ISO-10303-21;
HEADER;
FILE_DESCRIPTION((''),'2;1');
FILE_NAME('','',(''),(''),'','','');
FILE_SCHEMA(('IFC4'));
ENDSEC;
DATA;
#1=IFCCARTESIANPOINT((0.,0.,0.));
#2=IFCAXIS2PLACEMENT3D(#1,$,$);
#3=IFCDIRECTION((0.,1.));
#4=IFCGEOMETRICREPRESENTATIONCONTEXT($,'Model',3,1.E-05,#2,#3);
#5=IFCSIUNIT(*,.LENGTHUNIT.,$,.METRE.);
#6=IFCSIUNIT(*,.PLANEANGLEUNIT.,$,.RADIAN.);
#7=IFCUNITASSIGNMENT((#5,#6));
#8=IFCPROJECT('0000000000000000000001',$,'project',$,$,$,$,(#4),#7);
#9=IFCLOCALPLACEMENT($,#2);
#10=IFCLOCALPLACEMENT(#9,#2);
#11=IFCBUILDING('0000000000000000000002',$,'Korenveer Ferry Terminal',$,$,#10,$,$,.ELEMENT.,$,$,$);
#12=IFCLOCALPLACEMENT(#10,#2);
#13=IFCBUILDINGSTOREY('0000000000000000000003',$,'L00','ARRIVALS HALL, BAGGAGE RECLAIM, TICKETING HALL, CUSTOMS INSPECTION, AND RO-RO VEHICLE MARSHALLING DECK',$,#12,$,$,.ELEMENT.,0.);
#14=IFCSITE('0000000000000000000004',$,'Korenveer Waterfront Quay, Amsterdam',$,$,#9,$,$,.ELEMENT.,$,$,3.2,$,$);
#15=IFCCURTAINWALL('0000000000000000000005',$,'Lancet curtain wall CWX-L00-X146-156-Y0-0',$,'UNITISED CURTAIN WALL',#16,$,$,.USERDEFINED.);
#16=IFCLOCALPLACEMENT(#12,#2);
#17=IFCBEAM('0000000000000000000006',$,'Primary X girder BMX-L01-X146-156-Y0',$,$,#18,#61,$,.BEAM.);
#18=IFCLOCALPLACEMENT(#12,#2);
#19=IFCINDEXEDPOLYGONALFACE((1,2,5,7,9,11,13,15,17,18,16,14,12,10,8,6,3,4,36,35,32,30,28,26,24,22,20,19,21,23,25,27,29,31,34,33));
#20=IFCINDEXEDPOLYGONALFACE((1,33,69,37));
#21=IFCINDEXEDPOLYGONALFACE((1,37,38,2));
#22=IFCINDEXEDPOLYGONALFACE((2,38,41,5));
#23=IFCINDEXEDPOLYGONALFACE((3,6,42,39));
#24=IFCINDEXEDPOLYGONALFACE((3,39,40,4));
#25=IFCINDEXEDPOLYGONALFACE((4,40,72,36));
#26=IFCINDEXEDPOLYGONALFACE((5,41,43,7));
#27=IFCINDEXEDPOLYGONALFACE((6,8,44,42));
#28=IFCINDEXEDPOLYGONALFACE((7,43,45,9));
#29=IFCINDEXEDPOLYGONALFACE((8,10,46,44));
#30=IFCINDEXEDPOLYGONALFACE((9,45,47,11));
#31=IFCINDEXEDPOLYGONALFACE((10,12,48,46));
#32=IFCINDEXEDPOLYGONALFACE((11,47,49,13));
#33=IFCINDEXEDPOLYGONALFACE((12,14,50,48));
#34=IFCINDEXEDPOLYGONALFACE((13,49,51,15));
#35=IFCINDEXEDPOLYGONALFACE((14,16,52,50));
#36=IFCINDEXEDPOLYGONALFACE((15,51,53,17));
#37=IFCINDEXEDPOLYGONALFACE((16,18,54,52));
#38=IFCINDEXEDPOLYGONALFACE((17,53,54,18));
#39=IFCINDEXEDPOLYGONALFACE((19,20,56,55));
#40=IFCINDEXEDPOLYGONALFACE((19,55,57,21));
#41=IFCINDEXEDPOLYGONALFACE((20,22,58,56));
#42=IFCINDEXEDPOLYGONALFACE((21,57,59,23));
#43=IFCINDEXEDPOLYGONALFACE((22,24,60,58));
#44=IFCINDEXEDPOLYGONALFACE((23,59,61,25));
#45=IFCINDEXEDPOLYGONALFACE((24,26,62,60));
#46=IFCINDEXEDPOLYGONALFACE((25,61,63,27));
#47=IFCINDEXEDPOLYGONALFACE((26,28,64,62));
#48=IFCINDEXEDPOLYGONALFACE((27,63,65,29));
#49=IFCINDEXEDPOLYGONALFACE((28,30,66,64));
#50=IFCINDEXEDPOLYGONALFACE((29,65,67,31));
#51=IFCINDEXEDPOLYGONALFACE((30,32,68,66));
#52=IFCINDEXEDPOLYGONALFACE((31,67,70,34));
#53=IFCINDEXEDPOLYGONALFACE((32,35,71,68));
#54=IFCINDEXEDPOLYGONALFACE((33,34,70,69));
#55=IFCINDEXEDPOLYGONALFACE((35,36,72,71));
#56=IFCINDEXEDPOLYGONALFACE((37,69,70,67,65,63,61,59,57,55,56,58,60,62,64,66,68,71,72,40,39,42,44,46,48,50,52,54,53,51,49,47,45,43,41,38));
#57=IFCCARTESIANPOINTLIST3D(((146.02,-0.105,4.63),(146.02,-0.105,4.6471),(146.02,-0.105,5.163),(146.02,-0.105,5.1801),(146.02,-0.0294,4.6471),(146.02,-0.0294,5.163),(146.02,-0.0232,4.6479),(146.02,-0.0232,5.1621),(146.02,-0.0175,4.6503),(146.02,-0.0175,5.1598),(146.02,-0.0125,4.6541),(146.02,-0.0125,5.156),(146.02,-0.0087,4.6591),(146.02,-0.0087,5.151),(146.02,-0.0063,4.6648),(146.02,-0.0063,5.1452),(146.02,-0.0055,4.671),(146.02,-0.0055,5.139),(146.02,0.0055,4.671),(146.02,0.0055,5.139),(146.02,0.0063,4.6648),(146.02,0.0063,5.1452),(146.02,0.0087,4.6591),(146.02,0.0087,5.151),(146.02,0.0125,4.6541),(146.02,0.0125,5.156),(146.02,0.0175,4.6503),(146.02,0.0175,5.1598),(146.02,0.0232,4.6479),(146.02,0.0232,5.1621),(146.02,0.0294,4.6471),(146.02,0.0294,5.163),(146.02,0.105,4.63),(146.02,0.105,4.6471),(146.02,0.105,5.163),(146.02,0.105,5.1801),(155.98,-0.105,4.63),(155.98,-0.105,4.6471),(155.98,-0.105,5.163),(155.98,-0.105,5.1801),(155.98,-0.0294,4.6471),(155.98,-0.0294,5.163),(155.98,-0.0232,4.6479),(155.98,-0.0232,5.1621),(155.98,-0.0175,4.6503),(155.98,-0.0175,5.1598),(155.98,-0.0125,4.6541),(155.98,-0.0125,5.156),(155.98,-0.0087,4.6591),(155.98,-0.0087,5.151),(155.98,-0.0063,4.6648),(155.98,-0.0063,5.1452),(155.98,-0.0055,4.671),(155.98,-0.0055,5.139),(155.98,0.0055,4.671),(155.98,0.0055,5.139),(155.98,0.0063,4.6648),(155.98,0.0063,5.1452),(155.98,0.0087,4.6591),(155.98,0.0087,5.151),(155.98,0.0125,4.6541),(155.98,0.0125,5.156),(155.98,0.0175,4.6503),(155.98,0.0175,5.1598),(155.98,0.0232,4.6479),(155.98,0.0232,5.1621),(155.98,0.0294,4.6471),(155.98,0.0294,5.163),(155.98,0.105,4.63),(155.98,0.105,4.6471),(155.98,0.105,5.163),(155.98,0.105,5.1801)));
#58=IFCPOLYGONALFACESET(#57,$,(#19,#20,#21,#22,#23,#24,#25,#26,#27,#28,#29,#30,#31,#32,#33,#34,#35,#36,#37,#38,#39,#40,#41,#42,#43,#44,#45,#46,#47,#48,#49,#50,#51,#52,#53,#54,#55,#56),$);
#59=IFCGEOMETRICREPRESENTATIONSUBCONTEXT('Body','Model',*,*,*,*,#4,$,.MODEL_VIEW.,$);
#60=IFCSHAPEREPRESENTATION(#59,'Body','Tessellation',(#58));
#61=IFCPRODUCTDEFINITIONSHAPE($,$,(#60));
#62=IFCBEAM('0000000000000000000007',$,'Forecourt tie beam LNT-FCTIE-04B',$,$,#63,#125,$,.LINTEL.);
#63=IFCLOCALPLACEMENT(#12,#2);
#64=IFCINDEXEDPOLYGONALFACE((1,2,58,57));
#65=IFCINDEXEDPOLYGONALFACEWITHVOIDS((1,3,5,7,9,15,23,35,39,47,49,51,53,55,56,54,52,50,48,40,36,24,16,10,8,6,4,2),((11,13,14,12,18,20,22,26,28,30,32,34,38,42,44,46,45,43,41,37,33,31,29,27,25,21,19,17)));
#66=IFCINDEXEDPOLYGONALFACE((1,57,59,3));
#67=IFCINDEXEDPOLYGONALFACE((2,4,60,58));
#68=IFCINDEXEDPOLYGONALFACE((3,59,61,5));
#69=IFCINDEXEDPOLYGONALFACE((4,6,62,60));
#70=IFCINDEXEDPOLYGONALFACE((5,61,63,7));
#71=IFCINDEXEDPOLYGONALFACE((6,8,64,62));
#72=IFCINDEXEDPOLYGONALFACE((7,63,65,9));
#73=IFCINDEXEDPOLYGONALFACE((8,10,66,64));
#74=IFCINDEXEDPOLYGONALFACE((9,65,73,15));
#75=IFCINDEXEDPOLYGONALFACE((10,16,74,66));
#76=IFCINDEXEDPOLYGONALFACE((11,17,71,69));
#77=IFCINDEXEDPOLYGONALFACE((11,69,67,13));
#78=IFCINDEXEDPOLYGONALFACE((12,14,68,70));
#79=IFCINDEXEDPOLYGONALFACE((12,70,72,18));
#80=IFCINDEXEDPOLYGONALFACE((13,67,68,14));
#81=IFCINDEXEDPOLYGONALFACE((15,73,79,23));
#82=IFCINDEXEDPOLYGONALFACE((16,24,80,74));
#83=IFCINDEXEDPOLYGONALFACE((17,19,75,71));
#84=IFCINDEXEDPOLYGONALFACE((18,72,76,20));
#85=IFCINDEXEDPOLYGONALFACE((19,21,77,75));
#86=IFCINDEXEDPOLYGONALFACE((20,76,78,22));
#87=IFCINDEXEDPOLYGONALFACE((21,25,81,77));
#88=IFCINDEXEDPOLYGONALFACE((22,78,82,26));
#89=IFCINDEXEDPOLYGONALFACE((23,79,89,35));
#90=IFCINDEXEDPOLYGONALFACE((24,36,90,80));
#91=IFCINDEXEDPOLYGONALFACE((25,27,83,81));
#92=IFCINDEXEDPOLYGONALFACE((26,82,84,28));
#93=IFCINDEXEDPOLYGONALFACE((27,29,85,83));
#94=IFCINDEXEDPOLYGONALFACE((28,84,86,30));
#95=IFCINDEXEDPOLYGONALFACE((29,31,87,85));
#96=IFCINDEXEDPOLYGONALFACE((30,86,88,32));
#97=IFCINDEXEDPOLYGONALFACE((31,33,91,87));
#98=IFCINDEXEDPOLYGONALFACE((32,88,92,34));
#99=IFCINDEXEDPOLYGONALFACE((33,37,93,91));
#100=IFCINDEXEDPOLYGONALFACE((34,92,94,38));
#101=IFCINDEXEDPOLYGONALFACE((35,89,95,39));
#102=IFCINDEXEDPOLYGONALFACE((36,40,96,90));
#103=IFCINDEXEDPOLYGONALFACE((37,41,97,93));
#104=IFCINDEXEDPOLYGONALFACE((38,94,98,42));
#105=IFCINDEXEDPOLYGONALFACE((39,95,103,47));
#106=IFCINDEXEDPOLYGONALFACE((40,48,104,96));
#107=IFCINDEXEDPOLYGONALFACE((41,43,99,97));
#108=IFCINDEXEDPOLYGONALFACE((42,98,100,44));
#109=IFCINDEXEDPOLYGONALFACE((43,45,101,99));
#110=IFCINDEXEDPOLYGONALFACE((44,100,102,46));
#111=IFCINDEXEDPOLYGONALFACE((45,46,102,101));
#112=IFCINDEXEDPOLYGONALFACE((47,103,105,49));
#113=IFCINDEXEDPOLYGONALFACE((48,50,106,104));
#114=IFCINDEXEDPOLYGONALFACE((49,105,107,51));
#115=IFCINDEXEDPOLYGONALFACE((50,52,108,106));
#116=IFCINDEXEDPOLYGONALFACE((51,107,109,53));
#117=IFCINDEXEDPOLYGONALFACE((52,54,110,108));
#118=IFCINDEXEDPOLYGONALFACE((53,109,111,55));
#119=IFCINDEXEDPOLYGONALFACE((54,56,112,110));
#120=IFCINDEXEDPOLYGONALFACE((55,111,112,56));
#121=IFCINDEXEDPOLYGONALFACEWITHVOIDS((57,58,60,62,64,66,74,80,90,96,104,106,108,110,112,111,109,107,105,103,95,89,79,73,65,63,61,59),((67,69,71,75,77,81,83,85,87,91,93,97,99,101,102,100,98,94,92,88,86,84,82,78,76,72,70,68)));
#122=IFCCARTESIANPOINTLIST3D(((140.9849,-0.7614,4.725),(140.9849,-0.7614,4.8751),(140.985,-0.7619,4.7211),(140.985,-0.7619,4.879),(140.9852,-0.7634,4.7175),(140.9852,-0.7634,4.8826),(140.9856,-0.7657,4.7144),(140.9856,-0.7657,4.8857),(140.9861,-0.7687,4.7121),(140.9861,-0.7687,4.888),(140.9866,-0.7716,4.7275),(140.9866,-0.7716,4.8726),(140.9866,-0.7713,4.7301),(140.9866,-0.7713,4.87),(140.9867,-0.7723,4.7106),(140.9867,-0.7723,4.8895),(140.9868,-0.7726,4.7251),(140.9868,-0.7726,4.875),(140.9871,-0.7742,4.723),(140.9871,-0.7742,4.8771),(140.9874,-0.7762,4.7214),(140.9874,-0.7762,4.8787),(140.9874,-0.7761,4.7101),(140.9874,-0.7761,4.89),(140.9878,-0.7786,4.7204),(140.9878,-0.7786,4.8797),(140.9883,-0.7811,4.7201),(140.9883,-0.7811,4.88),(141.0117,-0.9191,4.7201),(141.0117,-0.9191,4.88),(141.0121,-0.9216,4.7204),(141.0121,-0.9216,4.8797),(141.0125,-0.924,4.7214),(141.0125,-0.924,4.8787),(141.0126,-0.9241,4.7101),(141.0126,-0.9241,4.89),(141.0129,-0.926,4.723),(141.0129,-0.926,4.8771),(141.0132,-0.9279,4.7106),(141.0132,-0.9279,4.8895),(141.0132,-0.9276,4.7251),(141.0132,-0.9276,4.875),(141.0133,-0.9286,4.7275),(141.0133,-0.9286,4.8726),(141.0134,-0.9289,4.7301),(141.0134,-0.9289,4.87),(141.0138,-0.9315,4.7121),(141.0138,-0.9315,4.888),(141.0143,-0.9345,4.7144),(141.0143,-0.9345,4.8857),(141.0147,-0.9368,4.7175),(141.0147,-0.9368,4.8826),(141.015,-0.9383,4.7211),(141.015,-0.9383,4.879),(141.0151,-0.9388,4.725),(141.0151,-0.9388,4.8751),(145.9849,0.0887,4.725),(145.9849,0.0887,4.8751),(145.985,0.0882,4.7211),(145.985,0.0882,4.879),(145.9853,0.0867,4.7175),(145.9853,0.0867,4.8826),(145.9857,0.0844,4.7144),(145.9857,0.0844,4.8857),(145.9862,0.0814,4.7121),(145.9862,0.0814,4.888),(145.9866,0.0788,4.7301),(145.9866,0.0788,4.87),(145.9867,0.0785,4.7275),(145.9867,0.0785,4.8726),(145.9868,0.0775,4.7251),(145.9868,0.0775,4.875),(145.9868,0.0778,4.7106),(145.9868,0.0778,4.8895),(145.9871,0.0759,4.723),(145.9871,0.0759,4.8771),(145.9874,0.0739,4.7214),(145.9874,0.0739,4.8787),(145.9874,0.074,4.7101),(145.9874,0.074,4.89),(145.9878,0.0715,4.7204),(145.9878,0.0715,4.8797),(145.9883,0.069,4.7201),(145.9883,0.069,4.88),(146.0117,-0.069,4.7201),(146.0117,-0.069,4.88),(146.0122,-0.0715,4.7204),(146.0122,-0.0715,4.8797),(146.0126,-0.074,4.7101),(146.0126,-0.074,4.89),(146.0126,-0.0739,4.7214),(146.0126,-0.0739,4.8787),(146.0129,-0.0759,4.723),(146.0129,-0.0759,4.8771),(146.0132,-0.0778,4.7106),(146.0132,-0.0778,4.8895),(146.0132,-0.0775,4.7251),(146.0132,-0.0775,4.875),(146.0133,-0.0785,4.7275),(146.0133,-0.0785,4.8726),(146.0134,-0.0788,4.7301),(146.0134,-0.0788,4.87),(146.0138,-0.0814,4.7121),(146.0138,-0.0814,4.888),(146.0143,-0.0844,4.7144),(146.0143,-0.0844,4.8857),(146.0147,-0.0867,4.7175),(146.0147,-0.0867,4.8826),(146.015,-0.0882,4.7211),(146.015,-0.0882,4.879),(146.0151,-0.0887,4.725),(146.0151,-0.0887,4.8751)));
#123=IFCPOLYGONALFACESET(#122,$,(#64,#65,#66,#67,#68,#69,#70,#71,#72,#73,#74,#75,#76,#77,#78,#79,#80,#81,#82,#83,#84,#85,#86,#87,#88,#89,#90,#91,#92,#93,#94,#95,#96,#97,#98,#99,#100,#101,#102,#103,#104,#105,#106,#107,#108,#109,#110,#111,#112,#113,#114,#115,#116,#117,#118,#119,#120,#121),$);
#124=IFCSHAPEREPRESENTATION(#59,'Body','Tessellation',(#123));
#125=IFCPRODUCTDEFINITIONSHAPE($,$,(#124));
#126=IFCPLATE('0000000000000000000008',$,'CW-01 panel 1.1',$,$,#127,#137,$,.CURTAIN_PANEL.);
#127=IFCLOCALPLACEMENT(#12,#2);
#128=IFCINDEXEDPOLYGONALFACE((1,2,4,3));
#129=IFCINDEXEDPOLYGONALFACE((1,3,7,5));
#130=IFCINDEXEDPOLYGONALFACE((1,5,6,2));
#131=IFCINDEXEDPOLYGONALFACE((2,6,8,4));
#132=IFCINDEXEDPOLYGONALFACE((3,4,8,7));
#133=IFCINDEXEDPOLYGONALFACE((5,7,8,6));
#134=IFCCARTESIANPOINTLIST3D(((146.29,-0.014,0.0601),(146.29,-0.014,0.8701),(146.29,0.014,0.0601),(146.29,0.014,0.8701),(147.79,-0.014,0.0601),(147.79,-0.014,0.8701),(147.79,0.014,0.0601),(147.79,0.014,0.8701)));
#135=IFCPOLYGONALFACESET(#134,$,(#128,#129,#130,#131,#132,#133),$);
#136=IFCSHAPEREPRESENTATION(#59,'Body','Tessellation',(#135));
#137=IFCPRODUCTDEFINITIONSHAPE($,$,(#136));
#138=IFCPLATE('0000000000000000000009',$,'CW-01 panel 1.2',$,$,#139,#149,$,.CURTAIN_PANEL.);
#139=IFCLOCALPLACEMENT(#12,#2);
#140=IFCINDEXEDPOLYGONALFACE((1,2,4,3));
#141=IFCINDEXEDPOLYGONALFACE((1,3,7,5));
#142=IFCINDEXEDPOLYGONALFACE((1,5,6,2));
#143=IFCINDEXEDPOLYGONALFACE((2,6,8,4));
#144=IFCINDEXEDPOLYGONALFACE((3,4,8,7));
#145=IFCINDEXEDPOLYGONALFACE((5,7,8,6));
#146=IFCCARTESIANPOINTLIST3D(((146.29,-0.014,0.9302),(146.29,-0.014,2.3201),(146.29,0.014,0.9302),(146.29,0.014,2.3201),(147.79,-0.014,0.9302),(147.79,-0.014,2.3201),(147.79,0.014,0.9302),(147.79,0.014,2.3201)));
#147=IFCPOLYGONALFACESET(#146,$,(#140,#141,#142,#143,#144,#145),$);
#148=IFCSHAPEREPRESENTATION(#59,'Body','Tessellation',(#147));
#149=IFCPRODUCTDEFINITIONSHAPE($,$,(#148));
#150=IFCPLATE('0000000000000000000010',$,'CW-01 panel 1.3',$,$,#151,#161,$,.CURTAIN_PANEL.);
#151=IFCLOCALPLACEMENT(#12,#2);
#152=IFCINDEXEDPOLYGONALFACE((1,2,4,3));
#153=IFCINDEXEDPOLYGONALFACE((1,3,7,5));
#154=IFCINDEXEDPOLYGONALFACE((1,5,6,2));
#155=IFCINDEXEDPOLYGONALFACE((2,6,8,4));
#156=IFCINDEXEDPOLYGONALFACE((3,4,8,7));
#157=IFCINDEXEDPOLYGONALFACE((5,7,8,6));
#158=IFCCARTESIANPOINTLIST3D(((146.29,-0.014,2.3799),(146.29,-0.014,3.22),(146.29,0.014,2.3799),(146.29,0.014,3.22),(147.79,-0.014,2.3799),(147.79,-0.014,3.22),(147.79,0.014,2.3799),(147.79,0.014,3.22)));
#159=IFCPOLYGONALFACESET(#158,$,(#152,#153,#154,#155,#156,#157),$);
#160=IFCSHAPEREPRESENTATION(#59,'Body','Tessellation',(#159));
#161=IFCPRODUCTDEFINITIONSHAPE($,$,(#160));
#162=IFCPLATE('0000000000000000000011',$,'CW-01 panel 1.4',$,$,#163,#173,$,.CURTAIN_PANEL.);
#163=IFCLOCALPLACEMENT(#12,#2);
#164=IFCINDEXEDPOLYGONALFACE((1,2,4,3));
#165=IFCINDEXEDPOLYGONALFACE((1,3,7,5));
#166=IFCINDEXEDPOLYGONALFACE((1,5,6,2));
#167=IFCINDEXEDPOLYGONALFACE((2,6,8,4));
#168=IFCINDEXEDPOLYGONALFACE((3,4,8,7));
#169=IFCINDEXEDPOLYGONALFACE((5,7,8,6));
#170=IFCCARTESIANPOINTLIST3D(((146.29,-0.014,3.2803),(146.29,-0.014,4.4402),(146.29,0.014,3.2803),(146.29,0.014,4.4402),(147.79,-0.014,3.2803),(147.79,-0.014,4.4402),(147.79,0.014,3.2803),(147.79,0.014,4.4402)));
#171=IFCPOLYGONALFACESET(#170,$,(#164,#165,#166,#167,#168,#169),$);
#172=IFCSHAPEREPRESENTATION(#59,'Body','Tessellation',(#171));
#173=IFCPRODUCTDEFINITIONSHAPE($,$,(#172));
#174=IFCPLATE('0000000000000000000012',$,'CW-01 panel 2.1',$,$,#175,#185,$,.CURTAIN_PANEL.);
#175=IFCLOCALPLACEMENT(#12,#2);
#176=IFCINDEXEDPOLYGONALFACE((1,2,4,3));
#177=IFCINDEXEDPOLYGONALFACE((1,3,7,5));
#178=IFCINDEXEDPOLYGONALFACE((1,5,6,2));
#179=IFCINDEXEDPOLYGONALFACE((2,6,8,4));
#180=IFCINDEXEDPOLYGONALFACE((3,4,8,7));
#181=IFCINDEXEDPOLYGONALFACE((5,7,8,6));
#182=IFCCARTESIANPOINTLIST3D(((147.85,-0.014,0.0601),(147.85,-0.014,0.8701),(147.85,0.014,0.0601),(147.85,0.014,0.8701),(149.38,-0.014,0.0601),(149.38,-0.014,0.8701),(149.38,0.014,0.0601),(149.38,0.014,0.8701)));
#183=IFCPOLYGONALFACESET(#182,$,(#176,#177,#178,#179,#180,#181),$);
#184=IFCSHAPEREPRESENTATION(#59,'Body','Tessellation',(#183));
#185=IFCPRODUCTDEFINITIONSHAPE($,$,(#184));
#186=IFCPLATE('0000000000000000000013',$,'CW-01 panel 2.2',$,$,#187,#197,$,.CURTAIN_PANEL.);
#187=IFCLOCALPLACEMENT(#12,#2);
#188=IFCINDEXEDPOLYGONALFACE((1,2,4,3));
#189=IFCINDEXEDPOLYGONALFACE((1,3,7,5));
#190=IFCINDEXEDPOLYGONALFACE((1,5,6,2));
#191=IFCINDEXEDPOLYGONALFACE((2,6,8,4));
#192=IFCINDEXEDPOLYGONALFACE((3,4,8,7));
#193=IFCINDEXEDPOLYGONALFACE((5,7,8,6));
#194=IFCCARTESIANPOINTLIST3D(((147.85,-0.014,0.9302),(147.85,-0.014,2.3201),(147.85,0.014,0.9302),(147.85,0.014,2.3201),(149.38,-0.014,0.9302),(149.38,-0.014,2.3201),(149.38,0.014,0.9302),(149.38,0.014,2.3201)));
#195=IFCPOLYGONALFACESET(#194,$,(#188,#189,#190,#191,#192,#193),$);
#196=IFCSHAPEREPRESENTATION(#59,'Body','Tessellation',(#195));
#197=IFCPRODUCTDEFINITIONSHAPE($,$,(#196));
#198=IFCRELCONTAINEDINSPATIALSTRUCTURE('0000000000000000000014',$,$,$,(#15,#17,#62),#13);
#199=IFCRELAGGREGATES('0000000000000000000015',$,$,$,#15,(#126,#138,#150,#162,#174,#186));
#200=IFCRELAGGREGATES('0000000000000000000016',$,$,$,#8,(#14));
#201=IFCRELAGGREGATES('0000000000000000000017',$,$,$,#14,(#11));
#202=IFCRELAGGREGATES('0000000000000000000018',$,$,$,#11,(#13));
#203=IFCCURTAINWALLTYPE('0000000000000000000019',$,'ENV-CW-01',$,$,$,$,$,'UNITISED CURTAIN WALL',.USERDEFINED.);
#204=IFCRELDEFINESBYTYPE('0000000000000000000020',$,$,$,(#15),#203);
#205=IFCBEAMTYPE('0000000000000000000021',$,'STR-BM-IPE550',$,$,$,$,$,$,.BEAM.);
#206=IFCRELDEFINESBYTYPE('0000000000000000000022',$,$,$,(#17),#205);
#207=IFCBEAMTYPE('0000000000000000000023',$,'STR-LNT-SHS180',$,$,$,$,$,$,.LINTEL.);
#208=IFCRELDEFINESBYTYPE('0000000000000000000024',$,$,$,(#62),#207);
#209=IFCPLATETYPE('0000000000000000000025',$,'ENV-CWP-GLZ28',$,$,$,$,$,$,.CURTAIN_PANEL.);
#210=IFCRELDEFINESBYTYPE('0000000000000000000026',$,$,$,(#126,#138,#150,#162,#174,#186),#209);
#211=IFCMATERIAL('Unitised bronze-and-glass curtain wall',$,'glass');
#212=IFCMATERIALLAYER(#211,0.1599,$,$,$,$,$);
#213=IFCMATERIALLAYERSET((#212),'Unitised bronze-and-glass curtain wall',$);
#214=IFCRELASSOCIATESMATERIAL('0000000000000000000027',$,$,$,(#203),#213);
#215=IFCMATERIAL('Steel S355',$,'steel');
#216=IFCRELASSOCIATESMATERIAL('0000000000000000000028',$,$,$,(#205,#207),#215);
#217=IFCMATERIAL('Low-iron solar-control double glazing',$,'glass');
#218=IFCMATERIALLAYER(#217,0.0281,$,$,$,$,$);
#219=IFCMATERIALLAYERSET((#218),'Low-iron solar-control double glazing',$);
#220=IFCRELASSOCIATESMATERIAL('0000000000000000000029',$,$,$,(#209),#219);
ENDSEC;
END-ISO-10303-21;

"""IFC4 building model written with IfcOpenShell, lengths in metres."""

from ifc_helpers import new_model, si_unit, direction, frame, origin, origin_2d, place, context, subcontext, project, spatial, rectangle, hollow_rectangle, i_section, extrude, material, layer, layer_set, material_profile, profile_set, type_object, element, aggregate, save


model = new_model("IFC4")

# Units and contexts
model_context = context("Model", 3, precision=1e-05, world=origin(), true_north=direction((0.0, 1.0)))
body_context = subcontext(model_context, "Body", "Model", "MODEL_VIEW")
ifc_project = project(units=[si_unit("LENGTHUNIT", "METRE"), si_unit("PLANEANGLEUNIT", "RADIAN")], contexts=[model_context])

# Site, building, storey
site_placement = place(None, origin())
site = spatial("IfcSite", under=ifc_project, at=site_placement, Name="Korenveer Waterfront Quay, Amsterdam", CompositionType="ELEMENT", RefElevation=3.2)
building_placement = place(site_placement, origin())
building = spatial("IfcBuilding", under=site, at=building_placement, Name="Korenveer Ferry Terminal", CompositionType="ELEMENT")
storey_placement = place(building_placement, origin())
storey = spatial("IfcBuildingStorey", under=building, at=storey_placement, Name="L00", Description="ARRIVALS HALL, BAGGAGE RECLAIM, TICKETING HALL, CUSTOMS INSPECTION, AND RO-RO VEHICLE MARSHALLING DECK", CompositionType="ELEMENT", Elevation=0.0)

# Shared definitions
ifc_material_1 = material(Name="Steel S355", Category="steel")

# Curtain wall
ifc_material_2 = material(Name="Unitised bronze-and-glass curtain wall", Category="glass")
ifc_layer_1 = layer(ifc_material_2, 0.1599)
ifc_layer_set_1 = layer_set([ifc_layer_1], Name="Unitised bronze-and-glass curtain wall")
curtain_wall_type = type_object("IfcCurtainWallType", Name="ENV-CW-01", ElementType="UNITISED CURTAIN WALL", PredefinedType="USERDEFINED", material=ifc_layer_set_1)
curtain_wall_placement = place(storey_placement, frame((146.23, 0.0, 0.0)))
curtain_wall = element("IfcCurtainWall", 1, at=curtain_wall_placement, inside=storey, type_object=curtain_wall_type, Name="Lancet curtain wall CWX-L00-X146-156-Y0-0", ObjectType="UNITISED CURTAIN WALL", PredefinedType="USERDEFINED")

# Beams
ifc_material_profile_1 = material_profile(ifc_material_1, i_section(OverallWidth=0.21, OverallDepth=0.55, WebThickness=0.011, FlangeThickness=0.0171, FilletRadius=0.0239, at=origin_2d()), Name="IPE 550")
ifc_profile_set_1 = profile_set([ifc_material_profile_1], Name="Steel S355")
beam_type_1 = type_object("IfcBeamType", Name="STR-BM-IPE550", PredefinedType="BEAM", material=ifc_profile_set_1)
beam_1_placement = place(storey_placement, frame((146.02, 0.0, 4.905), z_axis=(1.0, 0.0, 0.0), x_axis=(0.0, 1.0, 0.0)))
element("IfcBeam", 2, at=beam_1_placement, inside=storey, type_object=beam_type_1, Name="Primary X girder BMX-L01-X146-156-Y0", PredefinedType="BEAM", context=body_context, shape_type="SweptSolid", body=[
    extrude(i_section(OverallWidth=0.21, OverallDepth=0.55, WebThickness=0.011, FlangeThickness=0.0171, FilletRadius=0.0239, at=origin_2d()), origin(), (0.0, 0.0, 1.0), 9.96),
])
ifc_material_profile_2 = material_profile(ifc_material_1, hollow_rectangle(XDim=0.1799, YDim=0.1799, WallThickness=0.01, InnerFilletRadius=0.01, OuterFilletRadius=0.0149, at=origin_2d()), Name="SHS 180x180x10")
ifc_profile_set_2 = profile_set([ifc_material_profile_2], Name="Steel S355")
beam_type_2 = type_object("IfcBeamType", Name="STR-LNT-SHS180", PredefinedType="LINTEL", material=ifc_profile_set_2)
beam_2_placement = place(storey_placement, frame((146.0, 0.0, 4.8), z_axis=(-0.985853, -0.167614, 0.0), x_axis=(0.167614, -0.985853, 0.0)))
element("IfcBeam", 3, at=beam_2_placement, inside=storey, type_object=beam_type_2, Name="Forecourt tie beam LNT-FCTIE-04B", PredefinedType="LINTEL", context=body_context, shape_type="SweptSolid", body=[
    extrude(hollow_rectangle(XDim=0.1799, YDim=0.1799, WallThickness=0.01, InnerFilletRadius=0.01, OuterFilletRadius=0.0149, at=origin_2d()), origin(), (0.0, 0.0, 1.0), 5.0718),
])

# Plates
ifc_material_3 = material(Name="Low-iron solar-control double glazing", Category="glass")
ifc_layer_2 = layer(ifc_material_3, 0.0281)
ifc_layer_set_2 = layer_set([ifc_layer_2], Name="Low-iron solar-control double glazing")
plate_type_1 = type_object("IfcPlateType", Name="ENV-CWP-GLZ28", PredefinedType="CURTAIN_PANEL", material=ifc_layer_set_2)
plate_1_placement = place(storey_placement, frame((147.04, 0.0, 0.0601), z_axis=(0.0, 0.0, 1.0), x_axis=(1.0, 0.0, 0.0)))
plate_1 = element("IfcPlate", 4, at=plate_1_placement, type_object=plate_type_1, Name="CW-01 panel 1.1", PredefinedType="CURTAIN_PANEL", context=body_context, shape_type="SweptSolid", body=[
    extrude(rectangle(XDim=1.5, YDim=0.0281, at=origin_2d()), origin(), (0.0, 0.0, 1.0), 0.8101),
])
plate_2_placement = place(storey_placement, frame((147.04, 0.0, 0.9302), z_axis=(0.0, 0.0, 1.0), x_axis=(1.0, 0.0, 0.0)))
plate_2 = element("IfcPlate", 5, at=plate_2_placement, type_object=plate_type_1, Name="CW-01 panel 1.2", PredefinedType="CURTAIN_PANEL", context=body_context, shape_type="SweptSolid", body=[
    extrude(rectangle(XDim=1.5, YDim=0.0281, at=origin_2d()), origin(), (0.0, 0.0, 1.0), 1.3899),
])
plate_3_placement = place(storey_placement, frame((147.04, 0.0, 2.3799), z_axis=(0.0, 0.0, 1.0), x_axis=(1.0, 0.0, 0.0)))
plate_3 = element("IfcPlate", 6, at=plate_3_placement, type_object=plate_type_1, Name="CW-01 panel 1.3", PredefinedType="CURTAIN_PANEL", context=body_context, shape_type="SweptSolid", body=[
    extrude(rectangle(XDim=1.5, YDim=0.0281, at=origin_2d()), origin(), (0.0, 0.0, 1.0), 0.8401),
])
plate_4_placement = place(storey_placement, frame((147.04, 0.0, 3.2803), z_axis=(0.0, 0.0, 1.0), x_axis=(1.0, 0.0, 0.0)))
plate_4 = element("IfcPlate", 7, at=plate_4_placement, type_object=plate_type_1, Name="CW-01 panel 1.4", PredefinedType="CURTAIN_PANEL", context=body_context, shape_type="SweptSolid", body=[
    extrude(rectangle(XDim=1.5, YDim=0.0281, at=origin_2d()), origin(), (0.0, 0.0, 1.0), 1.1599),
])
plate_5_placement = place(storey_placement, frame((148.615, 0.0, 0.0601), z_axis=(0.0, 0.0, 1.0), x_axis=(1.0, 0.0, 0.0)))
plate_5 = element("IfcPlate", 8, at=plate_5_placement, type_object=plate_type_1, Name="CW-01 panel 2.1", PredefinedType="CURTAIN_PANEL", context=body_context, shape_type="SweptSolid", body=[
    extrude(rectangle(XDim=1.53, YDim=0.0281, at=origin_2d()), origin(), (0.0, 0.0, 1.0), 0.8101),
])
plate_6_placement = place(storey_placement, frame((148.615, 0.0, 0.9302), z_axis=(0.0, 0.0, 1.0), x_axis=(1.0, 0.0, 0.0)))
plate_6 = element("IfcPlate", 9, at=plate_6_placement, type_object=plate_type_1, Name="CW-01 panel 2.2", PredefinedType="CURTAIN_PANEL", context=body_context, shape_type="SweptSolid", body=[
    extrude(rectangle(XDim=1.53, YDim=0.0281, at=origin_2d()), origin(), (0.0, 0.0, 1.0), 1.3899),
])
aggregate(curtain_wall, [plate_1, plate_2, plate_3, plate_4, plate_5, plate_6])

save(model, "model.ifc")
